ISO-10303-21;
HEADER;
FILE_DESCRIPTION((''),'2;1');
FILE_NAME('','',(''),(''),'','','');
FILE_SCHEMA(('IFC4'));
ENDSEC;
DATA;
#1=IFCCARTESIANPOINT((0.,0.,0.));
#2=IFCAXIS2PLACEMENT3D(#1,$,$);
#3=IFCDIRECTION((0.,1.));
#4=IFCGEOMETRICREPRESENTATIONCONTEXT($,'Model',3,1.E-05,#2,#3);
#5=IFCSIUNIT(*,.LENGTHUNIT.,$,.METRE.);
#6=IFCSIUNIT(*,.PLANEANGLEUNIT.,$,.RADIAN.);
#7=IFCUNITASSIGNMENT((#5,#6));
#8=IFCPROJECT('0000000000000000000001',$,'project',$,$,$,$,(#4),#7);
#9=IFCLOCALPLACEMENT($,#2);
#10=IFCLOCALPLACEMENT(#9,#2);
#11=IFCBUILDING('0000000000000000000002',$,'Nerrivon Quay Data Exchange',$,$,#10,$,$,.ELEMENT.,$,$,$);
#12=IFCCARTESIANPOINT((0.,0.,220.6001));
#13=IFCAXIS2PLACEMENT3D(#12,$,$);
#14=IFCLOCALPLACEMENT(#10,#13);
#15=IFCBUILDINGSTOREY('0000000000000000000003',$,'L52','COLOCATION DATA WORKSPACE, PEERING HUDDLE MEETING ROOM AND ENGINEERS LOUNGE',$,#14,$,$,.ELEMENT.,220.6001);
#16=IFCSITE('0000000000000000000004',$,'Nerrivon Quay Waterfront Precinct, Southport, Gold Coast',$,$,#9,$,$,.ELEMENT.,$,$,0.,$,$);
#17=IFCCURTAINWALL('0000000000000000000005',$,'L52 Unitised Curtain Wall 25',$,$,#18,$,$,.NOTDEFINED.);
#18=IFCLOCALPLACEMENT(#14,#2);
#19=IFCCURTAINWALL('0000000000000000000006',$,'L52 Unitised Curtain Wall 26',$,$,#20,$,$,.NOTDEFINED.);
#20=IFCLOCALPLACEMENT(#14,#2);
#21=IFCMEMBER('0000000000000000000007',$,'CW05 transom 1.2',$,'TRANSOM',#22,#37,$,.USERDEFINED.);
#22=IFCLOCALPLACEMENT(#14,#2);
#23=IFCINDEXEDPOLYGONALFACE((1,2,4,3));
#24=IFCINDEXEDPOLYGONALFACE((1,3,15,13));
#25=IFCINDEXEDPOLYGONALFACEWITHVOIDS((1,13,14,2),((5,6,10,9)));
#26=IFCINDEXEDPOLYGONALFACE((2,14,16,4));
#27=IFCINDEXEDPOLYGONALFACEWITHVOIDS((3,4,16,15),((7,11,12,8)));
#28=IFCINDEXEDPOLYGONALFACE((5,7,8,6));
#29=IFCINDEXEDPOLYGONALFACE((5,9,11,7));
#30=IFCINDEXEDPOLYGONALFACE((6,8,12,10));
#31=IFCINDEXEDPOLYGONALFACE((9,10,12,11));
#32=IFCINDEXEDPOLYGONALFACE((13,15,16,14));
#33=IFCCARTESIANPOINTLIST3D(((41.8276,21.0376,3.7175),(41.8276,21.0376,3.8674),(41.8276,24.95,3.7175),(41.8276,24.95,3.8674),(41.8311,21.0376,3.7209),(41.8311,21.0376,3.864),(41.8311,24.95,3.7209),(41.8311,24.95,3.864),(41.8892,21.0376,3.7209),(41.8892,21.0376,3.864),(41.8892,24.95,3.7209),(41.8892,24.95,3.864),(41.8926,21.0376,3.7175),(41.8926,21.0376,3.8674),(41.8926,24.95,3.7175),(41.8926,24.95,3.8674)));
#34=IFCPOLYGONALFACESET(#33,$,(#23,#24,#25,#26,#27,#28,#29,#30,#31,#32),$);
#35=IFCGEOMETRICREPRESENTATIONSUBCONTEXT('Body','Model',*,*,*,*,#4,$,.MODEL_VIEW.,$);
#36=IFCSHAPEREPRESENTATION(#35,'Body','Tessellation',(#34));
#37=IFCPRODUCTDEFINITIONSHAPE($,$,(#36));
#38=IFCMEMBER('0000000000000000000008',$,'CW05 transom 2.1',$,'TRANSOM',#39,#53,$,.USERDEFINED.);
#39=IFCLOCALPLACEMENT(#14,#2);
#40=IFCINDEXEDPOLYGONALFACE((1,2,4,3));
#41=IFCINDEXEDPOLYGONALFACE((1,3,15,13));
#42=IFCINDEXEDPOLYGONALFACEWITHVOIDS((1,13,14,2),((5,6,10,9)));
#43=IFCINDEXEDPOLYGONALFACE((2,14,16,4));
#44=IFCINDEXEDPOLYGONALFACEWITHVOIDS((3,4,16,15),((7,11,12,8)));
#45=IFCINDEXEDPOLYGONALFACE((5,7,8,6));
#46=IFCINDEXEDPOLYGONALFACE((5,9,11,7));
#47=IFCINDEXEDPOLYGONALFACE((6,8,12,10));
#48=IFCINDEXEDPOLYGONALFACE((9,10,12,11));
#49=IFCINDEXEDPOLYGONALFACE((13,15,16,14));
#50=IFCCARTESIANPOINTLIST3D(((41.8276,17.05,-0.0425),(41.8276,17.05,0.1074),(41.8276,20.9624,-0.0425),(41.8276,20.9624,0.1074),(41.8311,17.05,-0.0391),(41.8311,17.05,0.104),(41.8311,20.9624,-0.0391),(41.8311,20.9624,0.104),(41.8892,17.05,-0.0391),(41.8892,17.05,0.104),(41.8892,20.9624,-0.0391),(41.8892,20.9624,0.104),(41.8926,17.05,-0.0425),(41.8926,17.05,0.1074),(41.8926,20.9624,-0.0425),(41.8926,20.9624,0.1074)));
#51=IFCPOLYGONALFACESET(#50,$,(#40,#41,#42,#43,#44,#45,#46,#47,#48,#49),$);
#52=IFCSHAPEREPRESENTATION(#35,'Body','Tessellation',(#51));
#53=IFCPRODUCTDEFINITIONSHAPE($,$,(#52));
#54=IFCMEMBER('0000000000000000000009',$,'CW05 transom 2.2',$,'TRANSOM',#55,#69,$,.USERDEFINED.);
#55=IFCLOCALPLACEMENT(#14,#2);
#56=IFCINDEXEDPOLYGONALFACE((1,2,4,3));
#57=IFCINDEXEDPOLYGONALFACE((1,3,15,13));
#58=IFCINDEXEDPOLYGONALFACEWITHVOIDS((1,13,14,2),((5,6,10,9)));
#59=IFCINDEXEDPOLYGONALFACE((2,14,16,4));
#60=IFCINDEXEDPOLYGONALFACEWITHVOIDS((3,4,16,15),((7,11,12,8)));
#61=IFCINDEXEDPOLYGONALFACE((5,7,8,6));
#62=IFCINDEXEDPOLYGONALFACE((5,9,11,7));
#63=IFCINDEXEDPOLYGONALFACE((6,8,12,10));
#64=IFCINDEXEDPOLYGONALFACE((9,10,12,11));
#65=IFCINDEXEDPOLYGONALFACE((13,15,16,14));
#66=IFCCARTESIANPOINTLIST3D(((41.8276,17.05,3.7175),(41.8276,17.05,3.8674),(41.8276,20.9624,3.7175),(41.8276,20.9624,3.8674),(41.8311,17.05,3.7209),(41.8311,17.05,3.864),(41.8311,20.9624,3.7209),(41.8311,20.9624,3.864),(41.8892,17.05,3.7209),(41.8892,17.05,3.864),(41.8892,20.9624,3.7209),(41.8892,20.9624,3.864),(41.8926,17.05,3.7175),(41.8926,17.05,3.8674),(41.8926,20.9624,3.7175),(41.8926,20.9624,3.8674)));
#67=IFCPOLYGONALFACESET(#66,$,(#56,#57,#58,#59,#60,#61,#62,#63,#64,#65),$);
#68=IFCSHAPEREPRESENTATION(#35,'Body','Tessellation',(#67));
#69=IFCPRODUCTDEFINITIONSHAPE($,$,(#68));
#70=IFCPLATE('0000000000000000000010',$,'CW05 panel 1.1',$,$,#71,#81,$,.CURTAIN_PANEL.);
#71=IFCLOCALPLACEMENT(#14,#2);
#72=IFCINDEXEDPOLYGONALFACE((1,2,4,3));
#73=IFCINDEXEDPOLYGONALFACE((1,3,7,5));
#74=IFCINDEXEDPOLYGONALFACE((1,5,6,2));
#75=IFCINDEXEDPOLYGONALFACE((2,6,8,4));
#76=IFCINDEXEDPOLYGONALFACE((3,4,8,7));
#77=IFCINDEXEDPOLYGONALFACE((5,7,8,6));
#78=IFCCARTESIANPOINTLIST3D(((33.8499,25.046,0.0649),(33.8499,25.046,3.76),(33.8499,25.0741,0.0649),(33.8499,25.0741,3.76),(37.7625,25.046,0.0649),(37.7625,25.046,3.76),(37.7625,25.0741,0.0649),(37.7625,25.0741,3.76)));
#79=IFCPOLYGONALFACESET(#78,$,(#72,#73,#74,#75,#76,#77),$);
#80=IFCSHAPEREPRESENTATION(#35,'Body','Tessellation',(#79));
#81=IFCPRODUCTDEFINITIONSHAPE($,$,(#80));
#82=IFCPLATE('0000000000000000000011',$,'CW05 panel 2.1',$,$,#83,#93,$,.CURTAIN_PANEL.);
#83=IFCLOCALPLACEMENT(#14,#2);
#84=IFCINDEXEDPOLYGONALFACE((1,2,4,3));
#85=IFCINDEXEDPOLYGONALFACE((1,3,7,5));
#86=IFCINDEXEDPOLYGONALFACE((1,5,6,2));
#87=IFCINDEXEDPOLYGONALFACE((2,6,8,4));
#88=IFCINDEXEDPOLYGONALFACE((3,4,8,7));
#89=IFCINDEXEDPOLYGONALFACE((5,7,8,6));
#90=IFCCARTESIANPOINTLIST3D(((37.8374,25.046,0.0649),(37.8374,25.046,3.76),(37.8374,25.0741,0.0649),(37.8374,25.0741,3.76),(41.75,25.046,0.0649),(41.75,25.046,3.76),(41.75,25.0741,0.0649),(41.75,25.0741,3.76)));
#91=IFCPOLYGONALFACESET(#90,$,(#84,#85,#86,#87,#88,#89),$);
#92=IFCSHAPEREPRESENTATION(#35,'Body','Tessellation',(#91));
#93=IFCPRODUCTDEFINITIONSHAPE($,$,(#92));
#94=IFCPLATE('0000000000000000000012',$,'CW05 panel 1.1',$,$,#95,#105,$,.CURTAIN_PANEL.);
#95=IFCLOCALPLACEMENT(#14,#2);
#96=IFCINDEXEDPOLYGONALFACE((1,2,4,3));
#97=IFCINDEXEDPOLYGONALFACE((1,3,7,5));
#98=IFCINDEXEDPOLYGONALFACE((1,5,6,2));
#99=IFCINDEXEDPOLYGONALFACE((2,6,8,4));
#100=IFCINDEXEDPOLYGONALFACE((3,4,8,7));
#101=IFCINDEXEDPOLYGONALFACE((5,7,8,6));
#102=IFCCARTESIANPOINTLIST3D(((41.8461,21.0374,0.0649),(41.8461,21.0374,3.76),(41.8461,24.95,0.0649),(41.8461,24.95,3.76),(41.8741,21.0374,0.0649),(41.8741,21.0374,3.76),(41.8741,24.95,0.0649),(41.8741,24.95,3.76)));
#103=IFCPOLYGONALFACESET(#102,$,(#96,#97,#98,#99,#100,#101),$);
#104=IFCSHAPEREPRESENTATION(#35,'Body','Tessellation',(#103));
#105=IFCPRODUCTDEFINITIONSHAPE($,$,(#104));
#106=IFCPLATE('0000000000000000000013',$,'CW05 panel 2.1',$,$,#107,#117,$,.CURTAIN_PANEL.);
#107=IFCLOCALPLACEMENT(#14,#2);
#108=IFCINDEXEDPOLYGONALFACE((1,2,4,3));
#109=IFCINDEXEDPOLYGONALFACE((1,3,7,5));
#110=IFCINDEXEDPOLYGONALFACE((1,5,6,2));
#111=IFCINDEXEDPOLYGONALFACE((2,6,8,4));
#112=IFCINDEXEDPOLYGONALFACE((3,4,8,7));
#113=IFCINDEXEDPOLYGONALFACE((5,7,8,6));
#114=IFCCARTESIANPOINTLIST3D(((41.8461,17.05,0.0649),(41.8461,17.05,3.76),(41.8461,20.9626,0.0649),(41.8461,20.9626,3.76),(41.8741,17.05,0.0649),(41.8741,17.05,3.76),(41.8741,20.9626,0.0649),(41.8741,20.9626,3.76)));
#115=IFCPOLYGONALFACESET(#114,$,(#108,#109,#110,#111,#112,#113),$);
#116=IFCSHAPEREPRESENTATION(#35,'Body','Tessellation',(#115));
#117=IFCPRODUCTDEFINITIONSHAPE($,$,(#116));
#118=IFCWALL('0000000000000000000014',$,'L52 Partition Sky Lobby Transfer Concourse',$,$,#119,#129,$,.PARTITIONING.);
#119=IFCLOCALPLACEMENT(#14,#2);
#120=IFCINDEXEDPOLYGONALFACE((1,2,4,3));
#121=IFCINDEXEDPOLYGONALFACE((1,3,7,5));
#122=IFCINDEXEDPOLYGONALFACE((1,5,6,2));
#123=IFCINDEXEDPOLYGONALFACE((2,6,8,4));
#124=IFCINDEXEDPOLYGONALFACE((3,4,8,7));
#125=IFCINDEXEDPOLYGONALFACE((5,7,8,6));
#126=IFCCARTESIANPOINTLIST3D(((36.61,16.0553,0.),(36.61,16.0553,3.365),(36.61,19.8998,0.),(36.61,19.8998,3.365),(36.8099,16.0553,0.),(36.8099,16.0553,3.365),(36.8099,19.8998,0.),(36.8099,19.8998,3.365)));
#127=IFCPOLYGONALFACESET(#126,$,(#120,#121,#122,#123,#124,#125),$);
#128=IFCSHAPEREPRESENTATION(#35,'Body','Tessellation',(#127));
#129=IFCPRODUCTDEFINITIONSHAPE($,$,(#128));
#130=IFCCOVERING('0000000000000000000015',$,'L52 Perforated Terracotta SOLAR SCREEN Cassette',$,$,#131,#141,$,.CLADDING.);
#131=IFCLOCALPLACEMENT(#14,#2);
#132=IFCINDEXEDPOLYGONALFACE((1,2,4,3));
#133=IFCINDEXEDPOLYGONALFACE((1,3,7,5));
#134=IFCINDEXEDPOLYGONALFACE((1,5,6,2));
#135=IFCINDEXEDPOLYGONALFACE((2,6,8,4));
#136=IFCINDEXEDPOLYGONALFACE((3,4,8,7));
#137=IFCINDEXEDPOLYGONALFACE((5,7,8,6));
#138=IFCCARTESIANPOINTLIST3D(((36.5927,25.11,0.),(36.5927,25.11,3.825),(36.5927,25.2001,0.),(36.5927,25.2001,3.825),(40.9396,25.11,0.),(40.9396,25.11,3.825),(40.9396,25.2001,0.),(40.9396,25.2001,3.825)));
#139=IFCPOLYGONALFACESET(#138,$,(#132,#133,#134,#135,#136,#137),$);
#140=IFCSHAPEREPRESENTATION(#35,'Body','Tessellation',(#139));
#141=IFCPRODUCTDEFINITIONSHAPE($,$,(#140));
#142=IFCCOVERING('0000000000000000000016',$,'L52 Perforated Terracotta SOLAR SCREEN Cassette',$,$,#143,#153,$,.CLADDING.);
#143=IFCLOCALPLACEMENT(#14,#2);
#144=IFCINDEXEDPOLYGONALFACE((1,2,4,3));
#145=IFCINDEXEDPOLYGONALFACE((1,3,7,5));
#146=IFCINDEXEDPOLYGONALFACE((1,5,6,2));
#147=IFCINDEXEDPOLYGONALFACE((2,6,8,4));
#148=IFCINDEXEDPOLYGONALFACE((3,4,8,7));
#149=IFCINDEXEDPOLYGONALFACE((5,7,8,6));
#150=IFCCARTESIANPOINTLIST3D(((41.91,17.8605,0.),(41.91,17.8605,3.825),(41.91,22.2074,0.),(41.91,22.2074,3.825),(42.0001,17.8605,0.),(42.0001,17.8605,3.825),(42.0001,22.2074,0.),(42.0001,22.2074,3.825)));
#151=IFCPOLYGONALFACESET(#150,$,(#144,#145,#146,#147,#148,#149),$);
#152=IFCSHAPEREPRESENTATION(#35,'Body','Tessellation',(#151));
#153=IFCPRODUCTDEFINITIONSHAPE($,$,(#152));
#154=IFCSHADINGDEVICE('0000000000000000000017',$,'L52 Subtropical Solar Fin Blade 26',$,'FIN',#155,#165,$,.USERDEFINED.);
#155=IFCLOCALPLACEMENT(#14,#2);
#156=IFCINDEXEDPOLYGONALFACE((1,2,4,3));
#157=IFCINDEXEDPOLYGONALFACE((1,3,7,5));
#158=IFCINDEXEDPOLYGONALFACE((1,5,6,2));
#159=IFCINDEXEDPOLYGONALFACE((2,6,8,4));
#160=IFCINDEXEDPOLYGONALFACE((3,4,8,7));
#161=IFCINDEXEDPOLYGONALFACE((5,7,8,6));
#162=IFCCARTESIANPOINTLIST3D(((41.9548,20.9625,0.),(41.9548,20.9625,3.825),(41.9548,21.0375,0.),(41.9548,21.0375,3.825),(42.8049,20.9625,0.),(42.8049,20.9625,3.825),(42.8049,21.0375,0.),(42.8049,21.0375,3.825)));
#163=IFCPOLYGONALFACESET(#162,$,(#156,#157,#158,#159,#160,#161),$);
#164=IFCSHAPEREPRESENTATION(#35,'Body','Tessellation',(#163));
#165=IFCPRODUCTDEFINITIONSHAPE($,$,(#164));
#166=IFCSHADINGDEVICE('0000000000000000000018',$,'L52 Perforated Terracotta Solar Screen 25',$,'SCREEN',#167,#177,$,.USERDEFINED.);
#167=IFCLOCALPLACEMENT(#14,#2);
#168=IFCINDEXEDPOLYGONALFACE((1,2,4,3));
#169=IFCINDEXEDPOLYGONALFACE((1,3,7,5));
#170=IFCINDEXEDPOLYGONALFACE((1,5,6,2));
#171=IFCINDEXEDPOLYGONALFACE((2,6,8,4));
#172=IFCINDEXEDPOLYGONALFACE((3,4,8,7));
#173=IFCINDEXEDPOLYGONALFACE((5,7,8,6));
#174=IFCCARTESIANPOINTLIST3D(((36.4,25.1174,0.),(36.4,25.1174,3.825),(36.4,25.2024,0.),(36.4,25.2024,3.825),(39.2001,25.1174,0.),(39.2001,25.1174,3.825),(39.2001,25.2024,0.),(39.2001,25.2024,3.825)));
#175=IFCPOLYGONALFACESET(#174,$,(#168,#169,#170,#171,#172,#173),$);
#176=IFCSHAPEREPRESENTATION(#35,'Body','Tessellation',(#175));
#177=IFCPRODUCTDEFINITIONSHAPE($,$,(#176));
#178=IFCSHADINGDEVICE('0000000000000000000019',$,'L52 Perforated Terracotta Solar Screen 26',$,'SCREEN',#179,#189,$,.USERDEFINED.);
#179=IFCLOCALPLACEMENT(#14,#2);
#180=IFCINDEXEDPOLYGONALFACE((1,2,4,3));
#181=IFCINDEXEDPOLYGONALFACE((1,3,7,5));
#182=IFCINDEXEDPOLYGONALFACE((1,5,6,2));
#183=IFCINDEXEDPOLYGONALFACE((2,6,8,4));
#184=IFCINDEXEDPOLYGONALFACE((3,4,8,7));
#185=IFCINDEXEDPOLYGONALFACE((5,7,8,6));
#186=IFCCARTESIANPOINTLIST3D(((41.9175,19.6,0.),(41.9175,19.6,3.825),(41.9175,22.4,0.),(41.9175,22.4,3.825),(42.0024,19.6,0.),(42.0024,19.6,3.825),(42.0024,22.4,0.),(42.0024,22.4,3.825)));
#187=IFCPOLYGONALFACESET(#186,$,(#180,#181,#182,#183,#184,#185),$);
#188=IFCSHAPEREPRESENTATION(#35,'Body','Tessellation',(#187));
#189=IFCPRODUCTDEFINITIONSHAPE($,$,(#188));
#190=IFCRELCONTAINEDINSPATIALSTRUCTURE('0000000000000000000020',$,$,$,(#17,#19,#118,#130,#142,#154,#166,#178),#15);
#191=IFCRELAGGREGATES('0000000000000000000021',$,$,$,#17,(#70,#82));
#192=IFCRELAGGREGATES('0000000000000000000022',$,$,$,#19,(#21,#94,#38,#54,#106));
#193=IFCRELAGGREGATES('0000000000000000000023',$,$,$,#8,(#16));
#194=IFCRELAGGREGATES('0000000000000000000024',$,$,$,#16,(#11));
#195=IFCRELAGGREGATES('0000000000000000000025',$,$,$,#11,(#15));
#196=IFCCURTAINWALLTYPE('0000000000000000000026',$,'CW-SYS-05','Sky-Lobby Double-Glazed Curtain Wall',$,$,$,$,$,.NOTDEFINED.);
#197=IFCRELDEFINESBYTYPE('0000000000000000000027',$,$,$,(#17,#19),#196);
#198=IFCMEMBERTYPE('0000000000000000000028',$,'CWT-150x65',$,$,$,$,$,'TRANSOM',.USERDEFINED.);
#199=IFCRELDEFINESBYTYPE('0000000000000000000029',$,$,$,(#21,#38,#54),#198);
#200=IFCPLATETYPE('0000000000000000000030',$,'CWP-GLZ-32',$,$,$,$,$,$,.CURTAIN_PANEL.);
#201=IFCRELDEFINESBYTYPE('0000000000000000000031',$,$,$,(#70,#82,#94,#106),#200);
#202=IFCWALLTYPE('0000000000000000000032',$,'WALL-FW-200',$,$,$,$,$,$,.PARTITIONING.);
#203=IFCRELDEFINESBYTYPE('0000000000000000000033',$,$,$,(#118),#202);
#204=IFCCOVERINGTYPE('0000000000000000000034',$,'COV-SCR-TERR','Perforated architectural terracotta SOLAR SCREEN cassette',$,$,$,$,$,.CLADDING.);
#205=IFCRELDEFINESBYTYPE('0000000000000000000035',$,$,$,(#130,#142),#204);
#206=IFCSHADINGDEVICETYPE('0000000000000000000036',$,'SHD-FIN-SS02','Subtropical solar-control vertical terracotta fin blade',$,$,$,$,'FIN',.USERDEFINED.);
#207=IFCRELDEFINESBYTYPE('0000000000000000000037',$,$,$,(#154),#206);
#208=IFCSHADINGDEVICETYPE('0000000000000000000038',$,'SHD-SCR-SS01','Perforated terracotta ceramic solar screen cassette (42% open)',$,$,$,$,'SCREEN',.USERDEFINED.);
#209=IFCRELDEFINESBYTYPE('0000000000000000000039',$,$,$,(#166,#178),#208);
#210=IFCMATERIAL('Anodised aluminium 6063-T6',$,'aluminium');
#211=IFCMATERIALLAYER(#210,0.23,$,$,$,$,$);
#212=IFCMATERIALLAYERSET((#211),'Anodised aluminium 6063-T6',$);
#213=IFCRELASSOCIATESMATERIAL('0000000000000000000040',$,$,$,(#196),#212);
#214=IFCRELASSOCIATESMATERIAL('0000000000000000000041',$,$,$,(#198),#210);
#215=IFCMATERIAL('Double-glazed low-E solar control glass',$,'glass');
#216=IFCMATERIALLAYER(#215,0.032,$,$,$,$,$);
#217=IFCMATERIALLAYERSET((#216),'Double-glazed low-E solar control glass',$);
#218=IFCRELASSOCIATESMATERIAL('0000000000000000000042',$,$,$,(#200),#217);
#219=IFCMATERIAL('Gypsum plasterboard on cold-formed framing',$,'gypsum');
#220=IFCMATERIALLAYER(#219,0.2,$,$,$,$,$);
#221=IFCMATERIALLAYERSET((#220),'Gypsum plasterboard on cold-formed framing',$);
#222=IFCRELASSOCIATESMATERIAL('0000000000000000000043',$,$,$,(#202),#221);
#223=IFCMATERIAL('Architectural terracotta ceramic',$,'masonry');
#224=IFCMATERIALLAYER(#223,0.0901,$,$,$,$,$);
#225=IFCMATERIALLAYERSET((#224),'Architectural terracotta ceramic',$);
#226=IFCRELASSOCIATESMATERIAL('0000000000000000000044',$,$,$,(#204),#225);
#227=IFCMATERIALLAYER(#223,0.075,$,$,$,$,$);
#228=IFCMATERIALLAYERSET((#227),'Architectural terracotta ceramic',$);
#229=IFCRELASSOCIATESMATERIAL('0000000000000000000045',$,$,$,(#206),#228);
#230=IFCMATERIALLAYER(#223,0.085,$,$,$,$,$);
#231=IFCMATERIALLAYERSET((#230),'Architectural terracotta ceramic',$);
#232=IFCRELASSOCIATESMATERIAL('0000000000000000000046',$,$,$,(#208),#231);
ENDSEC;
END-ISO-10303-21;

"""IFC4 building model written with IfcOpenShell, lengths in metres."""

from ifc_helpers import new_model, si_unit, direction, frame, frame_2d, origin, origin_2d, place, context, subcontext, project, spatial, rectangle, hollow_rectangle, extrude, material, layer, layer_set, material_profile, profile_set, type_object, element, aggregate, save


model = new_model("IFC4")

# Units and contexts
model_context = context("Model", 3, precision=1e-05, world=origin(), true_north=direction((0.0, 1.0)))
body_context = subcontext(model_context, "Body", "Model", "MODEL_VIEW")
ifc_project = project(units=[si_unit("LENGTHUNIT", "METRE"), si_unit("PLANEANGLEUNIT", "RADIAN")], contexts=[model_context])

# Site, building, storey
site_placement = place(None, origin())
site = spatial("IfcSite", under=ifc_project, at=site_placement, Name="Nerrivon Quay Waterfront Precinct, Southport, Gold Coast", CompositionType="ELEMENT", RefElevation=0.0)
building_placement = place(site_placement, origin())
building = spatial("IfcBuilding", under=site, at=building_placement, Name="Nerrivon Quay Data Exchange", CompositionType="ELEMENT")
storey_placement = place(building_placement, frame((0.0, 0.0, 220.6001)))
storey = spatial("IfcBuildingStorey", under=building, at=storey_placement, Name="L52", Description="COLOCATION DATA WORKSPACE, PEERING HUDDLE MEETING ROOM AND ENGINEERS LOUNGE", CompositionType="ELEMENT", Elevation=220.6001)

# Curtain walls
ifc_material_1 = material(Name="Anodised aluminium 6063-T6", Category="aluminium")
ifc_layer_1 = layer(ifc_material_1, 0.23)
ifc_layer_set_1 = layer_set([ifc_layer_1], Name="Anodised aluminium 6063-T6")
curtain_wall_type = type_object("IfcCurtainWallType", Name="CW-SYS-05", Description="Sky-Lobby Double-Glazed Curtain Wall", PredefinedType="NOTDEFINED", material=ifc_layer_set_1)
curtain_wall_1_placement = place(storey_placement, origin())
curtain_wall_1 = element("IfcCurtainWall", 1, at=curtain_wall_1_placement, inside=storey, type_object=curtain_wall_type, Name="L52 Unitised Curtain Wall 25", PredefinedType="NOTDEFINED")
curtain_wall_2_placement = place(storey_placement, origin())
curtain_wall_2 = element("IfcCurtainWall", 2, at=curtain_wall_2_placement, inside=storey, type_object=curtain_wall_type, Name="L52 Unitised Curtain Wall 26", PredefinedType="NOTDEFINED")

# Members
ifc_material_profile_1 = material_profile(ifc_material_1, hollow_rectangle(XDim=0.0649, YDim=0.1499, WallThickness=0.0034, at=origin_2d()), Name="ALU-TRAN-150x65")
ifc_profile_set_1 = profile_set([ifc_material_profile_1], Name="Anodised aluminium 6063-T6")
member_type_1 = type_object("IfcMemberType", Name="CWT-150x65", ElementType="TRANSOM", PredefinedType="USERDEFINED", material=ifc_profile_set_1)
member_1_placement = place(storey_placement, frame((41.8601, 24.95, 3.7925), z_axis=(0.0, -1.0, 0.0), x_axis=(1.0, 0.0, 0.0)))
member_1 = element("IfcMember", 3, at=member_1_placement, type_object=member_type_1, Name="CW05 transom 1.2", ObjectType="TRANSOM", PredefinedType="USERDEFINED", context=body_context, shape_type="SweptSolid", body=[
    extrude(hollow_rectangle(XDim=0.0649, YDim=0.1499, WallThickness=0.0034, at=origin_2d()), origin(), (0.0, 0.0, 1.0), 3.9124),
])
member_2_placement = place(storey_placement, frame((41.8601, 20.9624, 0.0325), z_axis=(0.0, -1.0, 0.0), x_axis=(1.0, 0.0, 0.0)))
member_2 = element("IfcMember", 4, at=member_2_placement, type_object=member_type_1, Name="CW05 transom 2.1", ObjectType="TRANSOM", PredefinedType="USERDEFINED", context=body_context, shape_type="SweptSolid", body=[
    extrude(hollow_rectangle(XDim=0.0649, YDim=0.1499, WallThickness=0.0034, at=origin_2d()), origin(), (0.0, 0.0, 1.0), 3.9124),
])
member_3_placement = place(storey_placement, frame((41.8601, 20.9624, 3.7925), z_axis=(0.0, -1.0, 0.0), x_axis=(1.0, 0.0, 0.0)))
member_3 = element("IfcMember", 5, at=member_3_placement, type_object=member_type_1, Name="CW05 transom 2.2", ObjectType="TRANSOM", PredefinedType="USERDEFINED", context=body_context, shape_type="SweptSolid", body=[
    extrude(hollow_rectangle(XDim=0.0649, YDim=0.1499, WallThickness=0.0034, at=origin_2d()), origin(), (0.0, 0.0, 1.0), 3.9124),
])

# Plates
ifc_material_2 = material(Name="Double-glazed low-E solar control glass", Category="glass")
ifc_layer_2 = layer(ifc_material_2, 0.032)
ifc_layer_set_2 = layer_set([ifc_layer_2], Name="Double-glazed low-E solar control glass")
plate_type = type_object("IfcPlateType", Name="CWP-GLZ-32", PredefinedType="CURTAIN_PANEL", material=ifc_layer_set_2)
plate_1_placement = place(storey_placement, frame((35.8062, 25.0601, 0.0649), z_axis=(0.0, 0.0, 1.0), x_axis=(1.0, 0.0, 0.0)))
plate_1 = element("IfcPlate", 6, at=plate_1_placement, type_object=plate_type, Name="CW05 panel 1.1", PredefinedType="CURTAIN_PANEL", context=body_context, shape_type="SweptSolid", body=[
    extrude(rectangle(XDim=3.9126, YDim=0.0281, at=origin_2d()), origin(), (0.0, 0.0, 1.0), 3.6951),
])
plate_2_placement = place(storey_placement, frame((39.7937, 25.0601, 0.0649), z_axis=(0.0, 0.0, 1.0), x_axis=(1.0, 0.0, 0.0)))
plate_2 = element("IfcPlate", 7, at=plate_2_placement, type_object=plate_type, Name="CW05 panel 2.1", PredefinedType="CURTAIN_PANEL", context=body_context, shape_type="SweptSolid", body=[
    extrude(rectangle(XDim=3.9126, YDim=0.0281, at=origin_2d()), origin(), (0.0, 0.0, 1.0), 3.6951),
])
aggregate(curtain_wall_1, [plate_1, plate_2])
plate_3_placement = place(storey_placement, frame((41.8601, 22.9937, 0.0649), z_axis=(0.0, 0.0, 1.0), x_axis=(0.0, -1.0, 0.0)))
plate_3 = element("IfcPlate", 8, at=plate_3_placement, type_object=plate_type, Name="CW05 panel 1.1", PredefinedType="CURTAIN_PANEL", context=body_context, shape_type="SweptSolid", body=[
    extrude(rectangle(XDim=3.9126, YDim=0.0281, at=origin_2d()), origin(), (0.0, 0.0, 1.0), 3.6951),
])
plate_4_placement = place(storey_placement, frame((41.8601, 19.0063, 0.0649), z_axis=(0.0, 0.0, 1.0), x_axis=(0.0, -1.0, 0.0)))
plate_4 = element("IfcPlate", 9, at=plate_4_placement, type_object=plate_type, Name="CW05 panel 2.1", PredefinedType="CURTAIN_PANEL", context=body_context, shape_type="SweptSolid", body=[
    extrude(rectangle(XDim=3.9126, YDim=0.0281, at=origin_2d()), origin(), (0.0, 0.0, 1.0), 3.6951),
])
aggregate(curtain_wall_2, [member_1, plate_3, member_2, member_3, plate_4])

# Wall
ifc_material_3 = material(Name="Gypsum plasterboard on cold-formed framing", Category="gypsum")
ifc_layer_3 = layer(ifc_material_3, 0.2)
ifc_layer_set_3 = layer_set([ifc_layer_3], Name="Gypsum plasterboard on cold-formed framing")
wall_type = type_object("IfcWallType", Name="WALL-FW-200", PredefinedType="PARTITIONING", material=ifc_layer_set_3)
wall_placement = place(storey_placement, frame((36.71, 19.8999, 0.0), z_axis=(0.0, 0.0, 1.0), x_axis=(0.0, -1.0, 0.0)))
element("IfcWall", 10, at=wall_placement, inside=storey, type_object=wall_type, Name="L52 Partition Sky Lobby Transfer Concourse", PredefinedType="PARTITIONING", context=body_context, shape_type="SweptSolid", body=[
    extrude(rectangle(XDim=3.8445, YDim=0.2, at=frame_2d((1.9224, 0.0))), origin(), (0.0, 0.0, 1.0), 3.365),
])

# Coverings
ifc_material_4 = material(Name="Architectural terracotta ceramic", Category="masonry")
ifc_layer_4 = layer(ifc_material_4, 0.0901)
ifc_layer_set_4 = layer_set([ifc_layer_4], Name="Architectural terracotta ceramic")
covering_type = type_object("IfcCoveringType", Name="COV-SCR-TERR", Description="Perforated architectural terracotta SOLAR SCREEN cassette", PredefinedType="CLADDING", material=ifc_layer_set_4)
for number, where, z_axis, x_axis, name in (
    (11, (38.7661, 25.155, 0.0), (0.0, 0.0, 1.0), (1.0, 0.0, 0.0), "L52 Perforated Terracotta SOLAR SCREEN Cassette"),
    (12, (41.9551, 20.0339, 0.0), (0.0, 0.0, 1.0), (0.0, -1.0, 0.0), "L52 Perforated Terracotta SOLAR SCREEN Cassette"),
):
    element("IfcCovering", number, at=place(storey_placement, frame(where, z_axis=z_axis, x_axis=x_axis)), inside=storey, type_object=covering_type, Name=name, PredefinedType="CLADDING", context=body_context, shape_type="SweptSolid", body=[
        extrude(rectangle(XDim=4.3469, YDim=0.0901, at=origin_2d()), origin(), (0.0, 0.0, 1.0), 3.825),
    ])

# Shading devices
ifc_layer_5 = layer(ifc_material_4, 0.075)
ifc_layer_set_5 = layer_set([ifc_layer_5], Name="Architectural terracotta ceramic")
shading_device_type_1 = type_object("IfcShadingDeviceType", Name="SHD-FIN-SS02", Description="Subtropical solar-control vertical terracotta fin blade", ElementType="FIN", PredefinedType="USERDEFINED", material=ifc_layer_set_5)
shading_device_placement = place(storey_placement, frame((42.3799, 21.0, 0.0), z_axis=(0.0, 0.0, 1.0), x_axis=(0.0, -1.0, 0.0)))
element("IfcShadingDevice", 13, at=shading_device_placement, inside=storey, type_object=shading_device_type_1, Name="L52 Subtropical Solar Fin Blade 26", ObjectType="FIN", PredefinedType="USERDEFINED", context=body_context, shape_type="SweptSolid", body=[
    extrude(rectangle(XDim=0.075, YDim=0.8501, at=origin_2d()), origin(), (0.0, 0.0, 1.0), 3.825),
])
ifc_layer_6 = layer(ifc_material_4, 0.085)
ifc_layer_set_6 = layer_set([ifc_layer_6], Name="Architectural terracotta ceramic")
shading_device_type_2 = type_object("IfcShadingDeviceType", Name="SHD-SCR-SS01", Description="Perforated terracotta ceramic solar screen cassette (42% open)", ElementType="SCREEN", PredefinedType="USERDEFINED", material=ifc_layer_set_6)
for number, where, z_axis, x_axis, name in (
    (14, (37.8, 25.1599, 0.0), (0.0, 0.0, 1.0), (1.0, 0.0, 0.0), "L52 Perforated Terracotta Solar Screen 25"),
    (15, (41.96, 21.0, 0.0), (0.0, 0.0, 1.0), (0.0, -1.0, 0.0), "L52 Perforated Terracotta Solar Screen 26"),
):
    element("IfcShadingDevice", number, at=place(storey_placement, frame(where, z_axis=z_axis, x_axis=x_axis)), inside=storey, type_object=shading_device_type_2, Name=name, ObjectType="SCREEN", PredefinedType="USERDEFINED", context=body_context, shape_type="SweptSolid", body=[
        extrude(rectangle(XDim=2.8, YDim=0.085, at=origin_2d()), origin(), (0.0, 0.0, 1.0), 3.825),
    ])

save(model, "model.ifc")
